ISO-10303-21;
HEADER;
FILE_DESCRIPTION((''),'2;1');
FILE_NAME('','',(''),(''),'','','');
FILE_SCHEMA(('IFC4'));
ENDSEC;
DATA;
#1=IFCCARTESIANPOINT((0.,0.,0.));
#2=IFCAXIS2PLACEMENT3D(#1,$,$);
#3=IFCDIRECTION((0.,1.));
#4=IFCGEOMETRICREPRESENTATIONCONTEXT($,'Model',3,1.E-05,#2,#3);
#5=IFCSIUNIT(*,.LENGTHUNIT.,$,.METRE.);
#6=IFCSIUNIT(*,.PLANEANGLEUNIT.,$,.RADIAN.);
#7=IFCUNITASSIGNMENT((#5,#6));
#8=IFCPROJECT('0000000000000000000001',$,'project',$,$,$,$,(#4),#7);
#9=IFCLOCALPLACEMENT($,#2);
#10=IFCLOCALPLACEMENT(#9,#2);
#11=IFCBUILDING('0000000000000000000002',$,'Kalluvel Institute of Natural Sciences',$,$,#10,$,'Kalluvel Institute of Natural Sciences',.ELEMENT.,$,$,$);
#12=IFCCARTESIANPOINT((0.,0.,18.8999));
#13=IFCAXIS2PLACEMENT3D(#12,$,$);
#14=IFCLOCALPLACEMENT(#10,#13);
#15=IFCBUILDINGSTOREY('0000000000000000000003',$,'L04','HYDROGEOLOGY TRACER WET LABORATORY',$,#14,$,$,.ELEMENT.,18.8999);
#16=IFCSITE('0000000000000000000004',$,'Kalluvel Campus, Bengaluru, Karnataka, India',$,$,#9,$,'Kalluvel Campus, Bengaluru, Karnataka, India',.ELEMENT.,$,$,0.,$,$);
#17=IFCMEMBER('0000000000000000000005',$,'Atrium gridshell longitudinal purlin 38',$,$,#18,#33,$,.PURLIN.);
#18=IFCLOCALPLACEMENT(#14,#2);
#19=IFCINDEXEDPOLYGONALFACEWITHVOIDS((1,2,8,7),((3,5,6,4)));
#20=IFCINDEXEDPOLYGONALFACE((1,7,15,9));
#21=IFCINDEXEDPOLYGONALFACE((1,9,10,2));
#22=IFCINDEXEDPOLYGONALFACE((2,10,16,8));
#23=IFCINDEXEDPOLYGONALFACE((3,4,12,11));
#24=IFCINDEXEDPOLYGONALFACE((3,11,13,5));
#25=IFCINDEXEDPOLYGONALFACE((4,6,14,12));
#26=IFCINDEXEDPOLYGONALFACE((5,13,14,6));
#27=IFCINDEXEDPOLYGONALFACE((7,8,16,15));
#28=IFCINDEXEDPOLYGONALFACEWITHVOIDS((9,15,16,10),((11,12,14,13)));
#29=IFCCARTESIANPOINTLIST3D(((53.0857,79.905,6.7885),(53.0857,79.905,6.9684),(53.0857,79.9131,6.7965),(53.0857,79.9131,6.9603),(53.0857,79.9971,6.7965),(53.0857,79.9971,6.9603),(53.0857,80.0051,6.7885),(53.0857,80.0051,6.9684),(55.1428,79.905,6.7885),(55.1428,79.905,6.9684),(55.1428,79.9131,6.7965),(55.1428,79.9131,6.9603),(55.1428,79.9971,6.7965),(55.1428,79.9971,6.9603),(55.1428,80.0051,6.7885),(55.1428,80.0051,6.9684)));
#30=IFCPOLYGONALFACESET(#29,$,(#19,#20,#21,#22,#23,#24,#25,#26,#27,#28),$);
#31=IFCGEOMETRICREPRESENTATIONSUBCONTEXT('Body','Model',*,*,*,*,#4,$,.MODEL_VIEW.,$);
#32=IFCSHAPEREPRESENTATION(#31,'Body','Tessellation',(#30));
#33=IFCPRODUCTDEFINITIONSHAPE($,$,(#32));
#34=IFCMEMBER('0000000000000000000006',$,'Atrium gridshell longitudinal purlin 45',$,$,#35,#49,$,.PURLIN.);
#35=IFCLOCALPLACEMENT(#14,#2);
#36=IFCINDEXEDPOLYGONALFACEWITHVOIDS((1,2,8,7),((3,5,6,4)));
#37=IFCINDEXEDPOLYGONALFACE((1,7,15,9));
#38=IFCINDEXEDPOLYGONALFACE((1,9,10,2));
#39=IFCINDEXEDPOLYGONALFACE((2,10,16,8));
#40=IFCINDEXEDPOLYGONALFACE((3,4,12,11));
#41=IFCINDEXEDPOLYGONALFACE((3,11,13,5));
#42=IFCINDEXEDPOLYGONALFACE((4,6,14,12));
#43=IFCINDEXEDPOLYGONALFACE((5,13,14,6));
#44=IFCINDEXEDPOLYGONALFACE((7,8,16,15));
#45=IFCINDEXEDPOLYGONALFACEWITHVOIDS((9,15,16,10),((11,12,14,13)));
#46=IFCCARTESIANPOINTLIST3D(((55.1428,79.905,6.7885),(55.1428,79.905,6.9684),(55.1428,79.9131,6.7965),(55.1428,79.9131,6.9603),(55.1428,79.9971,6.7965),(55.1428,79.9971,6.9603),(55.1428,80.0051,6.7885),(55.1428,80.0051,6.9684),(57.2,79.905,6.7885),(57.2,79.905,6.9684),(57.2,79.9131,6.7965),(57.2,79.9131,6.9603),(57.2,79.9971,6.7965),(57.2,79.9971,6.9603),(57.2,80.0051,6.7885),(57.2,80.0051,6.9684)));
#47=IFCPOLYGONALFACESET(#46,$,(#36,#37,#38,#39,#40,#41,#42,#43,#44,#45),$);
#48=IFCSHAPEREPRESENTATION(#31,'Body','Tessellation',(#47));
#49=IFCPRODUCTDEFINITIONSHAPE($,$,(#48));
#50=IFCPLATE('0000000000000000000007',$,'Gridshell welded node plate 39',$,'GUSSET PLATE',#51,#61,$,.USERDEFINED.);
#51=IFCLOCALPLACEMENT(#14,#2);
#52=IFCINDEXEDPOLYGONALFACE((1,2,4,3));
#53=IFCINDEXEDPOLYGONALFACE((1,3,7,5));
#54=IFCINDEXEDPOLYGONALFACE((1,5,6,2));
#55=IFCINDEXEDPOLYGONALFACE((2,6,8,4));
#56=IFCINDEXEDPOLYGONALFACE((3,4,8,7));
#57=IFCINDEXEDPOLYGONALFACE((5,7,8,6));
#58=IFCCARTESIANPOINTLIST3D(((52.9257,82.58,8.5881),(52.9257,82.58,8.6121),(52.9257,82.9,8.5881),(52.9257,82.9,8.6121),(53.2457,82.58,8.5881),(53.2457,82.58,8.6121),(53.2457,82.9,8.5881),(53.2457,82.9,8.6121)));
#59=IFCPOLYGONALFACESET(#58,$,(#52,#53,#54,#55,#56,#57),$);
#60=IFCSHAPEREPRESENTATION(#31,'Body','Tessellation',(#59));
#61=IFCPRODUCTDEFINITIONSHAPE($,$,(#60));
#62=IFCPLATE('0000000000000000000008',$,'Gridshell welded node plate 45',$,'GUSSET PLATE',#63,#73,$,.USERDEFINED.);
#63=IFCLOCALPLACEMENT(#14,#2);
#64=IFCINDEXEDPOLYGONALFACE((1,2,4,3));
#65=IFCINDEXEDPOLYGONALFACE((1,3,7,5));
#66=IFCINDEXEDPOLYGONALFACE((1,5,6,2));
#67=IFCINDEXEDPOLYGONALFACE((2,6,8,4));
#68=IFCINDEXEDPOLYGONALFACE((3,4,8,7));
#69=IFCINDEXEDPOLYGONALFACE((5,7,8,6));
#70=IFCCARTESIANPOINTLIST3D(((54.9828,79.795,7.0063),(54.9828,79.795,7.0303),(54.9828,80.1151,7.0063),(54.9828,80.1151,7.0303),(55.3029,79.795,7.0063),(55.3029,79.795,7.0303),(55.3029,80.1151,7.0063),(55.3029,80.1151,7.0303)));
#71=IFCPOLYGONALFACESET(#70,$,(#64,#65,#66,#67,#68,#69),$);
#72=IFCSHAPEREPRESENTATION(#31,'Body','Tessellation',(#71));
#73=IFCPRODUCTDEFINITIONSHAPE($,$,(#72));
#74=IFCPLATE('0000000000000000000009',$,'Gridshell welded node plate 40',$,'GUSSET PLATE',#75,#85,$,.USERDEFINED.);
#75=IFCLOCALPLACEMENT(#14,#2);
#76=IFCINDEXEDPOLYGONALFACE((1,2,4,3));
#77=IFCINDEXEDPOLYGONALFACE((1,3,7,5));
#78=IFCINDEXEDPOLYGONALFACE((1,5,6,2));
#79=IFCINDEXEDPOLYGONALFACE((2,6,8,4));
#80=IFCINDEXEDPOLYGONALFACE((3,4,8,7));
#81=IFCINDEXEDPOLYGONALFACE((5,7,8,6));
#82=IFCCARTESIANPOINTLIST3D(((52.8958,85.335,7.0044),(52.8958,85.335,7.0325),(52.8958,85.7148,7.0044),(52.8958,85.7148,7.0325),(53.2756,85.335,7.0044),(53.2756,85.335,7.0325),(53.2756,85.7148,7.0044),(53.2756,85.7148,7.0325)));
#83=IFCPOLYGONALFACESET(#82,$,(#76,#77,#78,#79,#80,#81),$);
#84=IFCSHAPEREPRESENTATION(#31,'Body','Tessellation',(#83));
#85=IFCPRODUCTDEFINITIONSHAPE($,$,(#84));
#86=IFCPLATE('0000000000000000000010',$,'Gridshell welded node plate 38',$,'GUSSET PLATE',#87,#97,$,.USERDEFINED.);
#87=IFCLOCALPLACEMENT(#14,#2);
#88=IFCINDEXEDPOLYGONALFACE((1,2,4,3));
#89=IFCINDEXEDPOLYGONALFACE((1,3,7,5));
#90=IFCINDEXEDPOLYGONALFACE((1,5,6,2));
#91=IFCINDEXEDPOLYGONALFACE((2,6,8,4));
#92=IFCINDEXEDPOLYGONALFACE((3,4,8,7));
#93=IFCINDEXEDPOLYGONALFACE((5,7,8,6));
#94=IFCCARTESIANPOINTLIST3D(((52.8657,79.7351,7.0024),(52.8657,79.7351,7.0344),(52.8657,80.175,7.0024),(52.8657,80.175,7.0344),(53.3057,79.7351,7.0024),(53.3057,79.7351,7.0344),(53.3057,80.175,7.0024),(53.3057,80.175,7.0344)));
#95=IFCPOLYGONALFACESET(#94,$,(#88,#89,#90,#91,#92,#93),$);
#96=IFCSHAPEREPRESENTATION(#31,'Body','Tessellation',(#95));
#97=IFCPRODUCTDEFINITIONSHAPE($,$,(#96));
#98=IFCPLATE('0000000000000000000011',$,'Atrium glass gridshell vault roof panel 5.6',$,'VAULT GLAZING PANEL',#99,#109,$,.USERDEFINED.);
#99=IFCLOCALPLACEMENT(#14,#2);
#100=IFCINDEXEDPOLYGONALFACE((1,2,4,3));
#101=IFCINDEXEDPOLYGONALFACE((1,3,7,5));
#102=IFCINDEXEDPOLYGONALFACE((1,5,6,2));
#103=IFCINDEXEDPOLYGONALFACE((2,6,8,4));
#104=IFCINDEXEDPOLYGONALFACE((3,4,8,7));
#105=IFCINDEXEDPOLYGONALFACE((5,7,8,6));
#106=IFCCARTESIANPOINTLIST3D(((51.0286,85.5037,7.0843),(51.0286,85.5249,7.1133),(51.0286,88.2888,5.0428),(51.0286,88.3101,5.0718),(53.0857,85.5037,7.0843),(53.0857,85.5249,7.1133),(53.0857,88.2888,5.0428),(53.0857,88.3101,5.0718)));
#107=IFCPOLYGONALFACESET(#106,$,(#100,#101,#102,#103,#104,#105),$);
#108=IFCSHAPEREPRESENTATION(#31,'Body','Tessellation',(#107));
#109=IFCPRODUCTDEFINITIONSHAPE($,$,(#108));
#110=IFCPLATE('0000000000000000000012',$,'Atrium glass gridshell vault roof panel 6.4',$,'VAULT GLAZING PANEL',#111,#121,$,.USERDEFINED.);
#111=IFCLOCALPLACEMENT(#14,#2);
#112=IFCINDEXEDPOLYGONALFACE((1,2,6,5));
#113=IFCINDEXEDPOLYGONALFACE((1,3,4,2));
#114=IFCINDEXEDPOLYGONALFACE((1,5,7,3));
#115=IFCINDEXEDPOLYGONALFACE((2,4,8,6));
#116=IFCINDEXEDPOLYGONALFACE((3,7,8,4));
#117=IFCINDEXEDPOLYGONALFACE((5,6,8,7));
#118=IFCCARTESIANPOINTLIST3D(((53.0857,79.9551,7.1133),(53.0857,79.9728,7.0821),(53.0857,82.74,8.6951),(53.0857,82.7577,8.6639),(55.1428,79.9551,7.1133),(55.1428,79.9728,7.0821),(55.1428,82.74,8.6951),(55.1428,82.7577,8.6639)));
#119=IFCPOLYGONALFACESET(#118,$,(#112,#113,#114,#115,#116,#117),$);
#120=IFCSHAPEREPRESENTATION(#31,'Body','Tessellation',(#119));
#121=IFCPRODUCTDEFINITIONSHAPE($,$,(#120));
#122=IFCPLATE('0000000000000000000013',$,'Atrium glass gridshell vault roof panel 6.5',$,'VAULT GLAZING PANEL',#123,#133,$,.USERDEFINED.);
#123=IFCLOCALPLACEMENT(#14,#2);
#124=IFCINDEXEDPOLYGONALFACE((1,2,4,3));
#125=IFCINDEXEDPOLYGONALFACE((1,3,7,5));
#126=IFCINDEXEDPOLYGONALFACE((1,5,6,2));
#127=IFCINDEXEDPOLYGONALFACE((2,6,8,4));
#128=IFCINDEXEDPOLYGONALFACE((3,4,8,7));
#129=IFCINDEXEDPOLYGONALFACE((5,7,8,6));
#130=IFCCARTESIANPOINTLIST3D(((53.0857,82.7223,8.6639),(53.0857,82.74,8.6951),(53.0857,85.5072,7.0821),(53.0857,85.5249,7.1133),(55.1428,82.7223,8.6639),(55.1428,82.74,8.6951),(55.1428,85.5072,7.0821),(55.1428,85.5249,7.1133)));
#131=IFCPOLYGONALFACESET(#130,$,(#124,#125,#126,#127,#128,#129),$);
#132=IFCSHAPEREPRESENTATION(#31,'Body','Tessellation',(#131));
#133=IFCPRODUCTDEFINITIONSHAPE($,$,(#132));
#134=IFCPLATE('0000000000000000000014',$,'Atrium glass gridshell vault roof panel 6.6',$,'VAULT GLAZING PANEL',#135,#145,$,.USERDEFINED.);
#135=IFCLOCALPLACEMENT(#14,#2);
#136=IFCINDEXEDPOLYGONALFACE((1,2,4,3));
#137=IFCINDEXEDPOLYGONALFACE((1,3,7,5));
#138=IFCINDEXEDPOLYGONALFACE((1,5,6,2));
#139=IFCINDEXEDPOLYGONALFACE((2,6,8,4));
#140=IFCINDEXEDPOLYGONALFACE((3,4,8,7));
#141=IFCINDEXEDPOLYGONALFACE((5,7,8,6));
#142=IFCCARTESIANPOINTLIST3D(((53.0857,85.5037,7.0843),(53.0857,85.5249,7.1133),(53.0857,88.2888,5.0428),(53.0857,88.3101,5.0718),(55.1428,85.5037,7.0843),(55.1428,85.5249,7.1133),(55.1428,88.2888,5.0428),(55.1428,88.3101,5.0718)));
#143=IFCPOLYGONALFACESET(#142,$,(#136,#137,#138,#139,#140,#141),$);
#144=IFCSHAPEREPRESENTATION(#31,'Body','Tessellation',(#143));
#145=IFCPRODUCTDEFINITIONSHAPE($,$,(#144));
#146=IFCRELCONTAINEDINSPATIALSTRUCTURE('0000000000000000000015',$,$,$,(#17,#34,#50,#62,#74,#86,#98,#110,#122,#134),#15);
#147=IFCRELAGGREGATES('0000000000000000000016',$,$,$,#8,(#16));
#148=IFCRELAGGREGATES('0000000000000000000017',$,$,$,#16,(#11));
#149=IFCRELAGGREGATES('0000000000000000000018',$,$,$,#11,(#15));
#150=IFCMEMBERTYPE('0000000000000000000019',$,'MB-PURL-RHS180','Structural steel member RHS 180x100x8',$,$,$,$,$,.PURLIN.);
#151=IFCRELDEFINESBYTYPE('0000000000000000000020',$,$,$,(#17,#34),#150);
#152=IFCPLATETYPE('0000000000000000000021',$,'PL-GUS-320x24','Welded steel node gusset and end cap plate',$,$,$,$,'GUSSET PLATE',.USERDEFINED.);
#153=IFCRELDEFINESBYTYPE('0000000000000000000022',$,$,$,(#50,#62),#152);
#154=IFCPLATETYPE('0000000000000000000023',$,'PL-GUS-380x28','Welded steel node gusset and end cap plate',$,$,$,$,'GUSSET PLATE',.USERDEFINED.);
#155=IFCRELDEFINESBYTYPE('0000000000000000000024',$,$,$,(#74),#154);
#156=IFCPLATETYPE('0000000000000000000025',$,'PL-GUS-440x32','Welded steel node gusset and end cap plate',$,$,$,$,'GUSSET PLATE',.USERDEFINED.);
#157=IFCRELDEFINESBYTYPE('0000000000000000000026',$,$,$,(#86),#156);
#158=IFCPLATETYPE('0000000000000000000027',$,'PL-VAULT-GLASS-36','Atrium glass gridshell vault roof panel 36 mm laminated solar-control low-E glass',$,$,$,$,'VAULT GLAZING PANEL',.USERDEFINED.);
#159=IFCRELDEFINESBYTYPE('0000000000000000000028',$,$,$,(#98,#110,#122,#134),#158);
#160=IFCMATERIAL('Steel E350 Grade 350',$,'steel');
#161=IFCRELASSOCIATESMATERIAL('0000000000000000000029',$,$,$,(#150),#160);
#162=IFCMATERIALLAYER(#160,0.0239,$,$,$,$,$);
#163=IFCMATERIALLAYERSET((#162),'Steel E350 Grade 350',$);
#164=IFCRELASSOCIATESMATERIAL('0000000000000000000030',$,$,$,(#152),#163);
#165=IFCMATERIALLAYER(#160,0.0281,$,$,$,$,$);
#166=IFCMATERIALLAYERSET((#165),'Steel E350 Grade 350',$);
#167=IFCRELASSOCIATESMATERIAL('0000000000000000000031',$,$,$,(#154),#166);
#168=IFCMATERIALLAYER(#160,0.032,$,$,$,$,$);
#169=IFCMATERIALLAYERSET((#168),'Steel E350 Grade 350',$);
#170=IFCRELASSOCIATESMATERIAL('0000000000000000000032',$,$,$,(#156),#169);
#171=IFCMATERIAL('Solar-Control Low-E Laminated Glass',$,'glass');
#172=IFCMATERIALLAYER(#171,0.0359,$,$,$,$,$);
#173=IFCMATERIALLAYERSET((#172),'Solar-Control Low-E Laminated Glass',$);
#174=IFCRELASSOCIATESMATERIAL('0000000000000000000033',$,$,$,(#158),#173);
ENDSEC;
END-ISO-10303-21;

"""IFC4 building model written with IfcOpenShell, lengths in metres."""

from ifc_helpers import new_model, si_unit, direction, frame, origin, origin_2d, place, context, subcontext, project, spatial, polyline, rectangle, hollow_rectangle, outline, extrude, material, layer, layer_set, material_profile, profile_set, type_object, element, save


model = new_model("IFC4")

# Units and contexts
model_context = context("Model", 3, precision=1e-05, world=origin(), true_north=direction((0.0, 1.0)))
body_context = subcontext(model_context, "Body", "Model", "MODEL_VIEW")
ifc_project = project(units=[si_unit("LENGTHUNIT", "METRE"), si_unit("PLANEANGLEUNIT", "RADIAN")], contexts=[model_context])

# Site, building, storey
site_placement = place(None, origin())
site = spatial("IfcSite", under=ifc_project, at=site_placement, Name="Kalluvel Campus, Bengaluru, Karnataka, India", LongName="Kalluvel Campus, Bengaluru, Karnataka, India", CompositionType="ELEMENT", RefElevation=0.0)
building_placement = place(site_placement, origin())
building = spatial("IfcBuilding", under=site, at=building_placement, Name="Kalluvel Institute of Natural Sciences", LongName="Kalluvel Institute of Natural Sciences", CompositionType="ELEMENT")
storey_placement = place(building_placement, frame((0.0, 0.0, 18.8999)))
storey = spatial("IfcBuildingStorey", under=building, at=storey_placement, Name="L04", Description="HYDROGEOLOGY TRACER WET LABORATORY", CompositionType="ELEMENT", Elevation=18.8999)

# Members
ifc_material_1 = material(Name="Steel E350 Grade 350", Category="steel")
ifc_material_profile_1 = material_profile(ifc_material_1, hollow_rectangle(XDim=0.1001, YDim=0.1799, WallThickness=0.0081, at=origin_2d()), Name="RHS 180x100x8")
ifc_profile_set_1 = profile_set([ifc_material_profile_1], Name="Steel E350 Grade 350")
member_type_1 = type_object("IfcMemberType", Name="MB-PURL-RHS180", Description="Structural steel member RHS 180x100x8", PredefinedType="PURLIN", material=ifc_profile_set_1)
for number, where, z_axis, x_axis, name in (
    (1, (53.0857, 79.9551, 6.8784), (1.0, 0.0, 0.0), (0.0, 1.0, 0.0), "Atrium gridshell longitudinal purlin 38"),
    (2, (55.1428, 79.9551, 6.8784), (1.0, 0.0, 0.0), (0.0, 1.0, 0.0), "Atrium gridshell longitudinal purlin 45"),
):
    element("IfcMember", number, at=place(storey_placement, frame(where, z_axis=z_axis, x_axis=x_axis)), inside=storey, type_object=member_type_1, Name=name, PredefinedType="PURLIN", context=body_context, shape_type="SweptSolid", body=[
        extrude(hollow_rectangle(XDim=0.1001, YDim=0.1799, WallThickness=0.0081, at=origin_2d()), origin(), (0.0, 0.0, 1.0), 2.0571),
    ])

# Plates
ifc_layer_1 = layer(ifc_material_1, 0.0239)
ifc_layer_set_1 = layer_set([ifc_layer_1], Name="Steel E350 Grade 350")
plate_type_1 = type_object("IfcPlateType", Name="PL-GUS-320x24", Description="Welded steel node gusset and end cap plate", ElementType="GUSSET PLATE", PredefinedType="USERDEFINED", material=ifc_layer_set_1)
for number, where, z_axis, x_axis, name in (
    (3, (53.0857, 82.74, 8.5881), (0.0, 0.0, 1.0), (1.0, 0.0, 0.0), "Gridshell welded node plate 39"),
    (4, (55.1428, 79.9551, 7.0063), (0.0, 0.0, 1.0), (1.0, 0.0, 0.0), "Gridshell welded node plate 45"),
):
    element("IfcPlate", number, at=place(storey_placement, frame(where, z_axis=z_axis, x_axis=x_axis)), inside=storey, type_object=plate_type_1, Name=name, ObjectType="GUSSET PLATE", PredefinedType="USERDEFINED", context=body_context, shape_type="SweptSolid", body=[
        extrude(rectangle(XDim=0.3201, YDim=0.3201, at=origin_2d()), origin(), (0.0, 0.0, 1.0), 0.0239),
    ])
ifc_layer_2 = layer(ifc_material_1, 0.0281)
ifc_layer_set_2 = layer_set([ifc_layer_2], Name="Steel E350 Grade 350")
plate_type_2 = type_object("IfcPlateType", Name="PL-GUS-380x28", Description="Welded steel node gusset and end cap plate", ElementType="GUSSET PLATE", PredefinedType="USERDEFINED", material=ifc_layer_set_2)
plate_1_placement = place(storey_placement, frame((53.0857, 85.5249, 7.0044), z_axis=(0.0, 0.0, 1.0), x_axis=(1.0, 0.0, 0.0)))
element("IfcPlate", 5, at=plate_1_placement, inside=storey, type_object=plate_type_2, Name="Gridshell welded node plate 40", ObjectType="GUSSET PLATE", PredefinedType="USERDEFINED", context=body_context, shape_type="SweptSolid", body=[
    extrude(rectangle(XDim=0.3799, YDim=0.3799, at=origin_2d()), origin(), (0.0, 0.0, 1.0), 0.0281),
])
ifc_layer_3 = layer(ifc_material_1, 0.032)
ifc_layer_set_3 = layer_set([ifc_layer_3], Name="Steel E350 Grade 350")
plate_type_3 = type_object("IfcPlateType", Name="PL-GUS-440x32", Description="Welded steel node gusset and end cap plate", ElementType="GUSSET PLATE", PredefinedType="USERDEFINED", material=ifc_layer_set_3)
plate_2_placement = place(storey_placement, frame((53.0857, 79.9551, 7.0024), z_axis=(0.0, 0.0, 1.0), x_axis=(1.0, 0.0, 0.0)))
element("IfcPlate", 6, at=plate_2_placement, inside=storey, type_object=plate_type_3, Name="Gridshell welded node plate 38", ObjectType="GUSSET PLATE", PredefinedType="USERDEFINED", context=body_context, shape_type="SweptSolid", body=[
    extrude(rectangle(XDim=0.4399, YDim=0.4399, at=origin_2d()), origin(), (0.0, 0.0, 1.0), 0.032),
])
ifc_material_2 = material(Name="Solar-Control Low-E Laminated Glass", Category="glass")
ifc_layer_4 = layer(ifc_material_2, 0.0359)
ifc_layer_set_4 = layer_set([ifc_layer_4], Name="Solar-Control Low-E Laminated Glass")
plate_type_4 = type_object("IfcPlateType", Name="PL-VAULT-GLASS-36", Description="Atrium glass gridshell vault roof panel 36 mm laminated solar-control low-E glass", ElementType="VAULT GLAZING PANEL", PredefinedType="USERDEFINED", material=ifc_layer_set_4)
plate_3_placement = place(storey_placement, frame((51.0286, 85.5249, 7.1133), z_axis=(0.0, 0.591186, 0.806535), x_axis=(1.0, 0.0, 0.0)))
element("IfcPlate", 7, at=plate_3_placement, inside=storey, type_object=plate_type_4, Name="Atrium glass gridshell vault roof panel 5.6", ObjectType="VAULT GLAZING PANEL", PredefinedType="USERDEFINED", context=body_context, shape_type="SweptSolid", body=[
    extrude(outline(polyline([(0.0, 0.0), (2.0571, 0.0), (2.0571, 3.4532), (0.0, 3.4532), (0.0, 0.0)])), origin(), (0.0, 0.0, -1.0), 0.0359),
])
for number, where, z_axis, x_axis, name in (
    (8, (53.0857, 79.9551, 7.1133), (0.0, -0.49388, 0.86953), (1.0, 0.0, 0.0), "Atrium glass gridshell vault roof panel 6.4"),
    (9, (53.0857, 82.74, 8.6951), (0.0, 0.49388, 0.86953), (1.0, 0.0, 0.0), "Atrium glass gridshell vault roof panel 6.5"),
):
    element("IfcPlate", number, at=place(storey_placement, frame(where, z_axis=z_axis, x_axis=x_axis)), inside=storey, type_object=plate_type_4, Name=name, ObjectType="VAULT GLAZING PANEL", PredefinedType="USERDEFINED", context=body_context, shape_type="SweptSolid", body=[
        extrude(outline(polyline([(0.0, 0.0), (2.0571, 0.0), (2.0571, 3.2028), (0.0, 3.2028), (0.0, 0.0)])), origin(), (0.0, 0.0, -1.0), 0.0359),
    ])
plate_4_placement = place(storey_placement, frame((53.0857, 85.5249, 7.1133), z_axis=(0.0, 0.591186, 0.806535), x_axis=(1.0, 0.0, 0.0)))
element("IfcPlate", 10, at=plate_4_placement, inside=storey, type_object=plate_type_4, Name="Atrium glass gridshell vault roof panel 6.6", ObjectType="VAULT GLAZING PANEL", PredefinedType="USERDEFINED", context=body_context, shape_type="SweptSolid", body=[
    extrude(outline(polyline([(0.0, 0.0), (2.0571, 0.0), (2.0571, 3.4532), (0.0, 3.4532), (0.0, 0.0)])), origin(), (0.0, 0.0, -1.0), 0.0359),
])

save(model, "model.ifc")
